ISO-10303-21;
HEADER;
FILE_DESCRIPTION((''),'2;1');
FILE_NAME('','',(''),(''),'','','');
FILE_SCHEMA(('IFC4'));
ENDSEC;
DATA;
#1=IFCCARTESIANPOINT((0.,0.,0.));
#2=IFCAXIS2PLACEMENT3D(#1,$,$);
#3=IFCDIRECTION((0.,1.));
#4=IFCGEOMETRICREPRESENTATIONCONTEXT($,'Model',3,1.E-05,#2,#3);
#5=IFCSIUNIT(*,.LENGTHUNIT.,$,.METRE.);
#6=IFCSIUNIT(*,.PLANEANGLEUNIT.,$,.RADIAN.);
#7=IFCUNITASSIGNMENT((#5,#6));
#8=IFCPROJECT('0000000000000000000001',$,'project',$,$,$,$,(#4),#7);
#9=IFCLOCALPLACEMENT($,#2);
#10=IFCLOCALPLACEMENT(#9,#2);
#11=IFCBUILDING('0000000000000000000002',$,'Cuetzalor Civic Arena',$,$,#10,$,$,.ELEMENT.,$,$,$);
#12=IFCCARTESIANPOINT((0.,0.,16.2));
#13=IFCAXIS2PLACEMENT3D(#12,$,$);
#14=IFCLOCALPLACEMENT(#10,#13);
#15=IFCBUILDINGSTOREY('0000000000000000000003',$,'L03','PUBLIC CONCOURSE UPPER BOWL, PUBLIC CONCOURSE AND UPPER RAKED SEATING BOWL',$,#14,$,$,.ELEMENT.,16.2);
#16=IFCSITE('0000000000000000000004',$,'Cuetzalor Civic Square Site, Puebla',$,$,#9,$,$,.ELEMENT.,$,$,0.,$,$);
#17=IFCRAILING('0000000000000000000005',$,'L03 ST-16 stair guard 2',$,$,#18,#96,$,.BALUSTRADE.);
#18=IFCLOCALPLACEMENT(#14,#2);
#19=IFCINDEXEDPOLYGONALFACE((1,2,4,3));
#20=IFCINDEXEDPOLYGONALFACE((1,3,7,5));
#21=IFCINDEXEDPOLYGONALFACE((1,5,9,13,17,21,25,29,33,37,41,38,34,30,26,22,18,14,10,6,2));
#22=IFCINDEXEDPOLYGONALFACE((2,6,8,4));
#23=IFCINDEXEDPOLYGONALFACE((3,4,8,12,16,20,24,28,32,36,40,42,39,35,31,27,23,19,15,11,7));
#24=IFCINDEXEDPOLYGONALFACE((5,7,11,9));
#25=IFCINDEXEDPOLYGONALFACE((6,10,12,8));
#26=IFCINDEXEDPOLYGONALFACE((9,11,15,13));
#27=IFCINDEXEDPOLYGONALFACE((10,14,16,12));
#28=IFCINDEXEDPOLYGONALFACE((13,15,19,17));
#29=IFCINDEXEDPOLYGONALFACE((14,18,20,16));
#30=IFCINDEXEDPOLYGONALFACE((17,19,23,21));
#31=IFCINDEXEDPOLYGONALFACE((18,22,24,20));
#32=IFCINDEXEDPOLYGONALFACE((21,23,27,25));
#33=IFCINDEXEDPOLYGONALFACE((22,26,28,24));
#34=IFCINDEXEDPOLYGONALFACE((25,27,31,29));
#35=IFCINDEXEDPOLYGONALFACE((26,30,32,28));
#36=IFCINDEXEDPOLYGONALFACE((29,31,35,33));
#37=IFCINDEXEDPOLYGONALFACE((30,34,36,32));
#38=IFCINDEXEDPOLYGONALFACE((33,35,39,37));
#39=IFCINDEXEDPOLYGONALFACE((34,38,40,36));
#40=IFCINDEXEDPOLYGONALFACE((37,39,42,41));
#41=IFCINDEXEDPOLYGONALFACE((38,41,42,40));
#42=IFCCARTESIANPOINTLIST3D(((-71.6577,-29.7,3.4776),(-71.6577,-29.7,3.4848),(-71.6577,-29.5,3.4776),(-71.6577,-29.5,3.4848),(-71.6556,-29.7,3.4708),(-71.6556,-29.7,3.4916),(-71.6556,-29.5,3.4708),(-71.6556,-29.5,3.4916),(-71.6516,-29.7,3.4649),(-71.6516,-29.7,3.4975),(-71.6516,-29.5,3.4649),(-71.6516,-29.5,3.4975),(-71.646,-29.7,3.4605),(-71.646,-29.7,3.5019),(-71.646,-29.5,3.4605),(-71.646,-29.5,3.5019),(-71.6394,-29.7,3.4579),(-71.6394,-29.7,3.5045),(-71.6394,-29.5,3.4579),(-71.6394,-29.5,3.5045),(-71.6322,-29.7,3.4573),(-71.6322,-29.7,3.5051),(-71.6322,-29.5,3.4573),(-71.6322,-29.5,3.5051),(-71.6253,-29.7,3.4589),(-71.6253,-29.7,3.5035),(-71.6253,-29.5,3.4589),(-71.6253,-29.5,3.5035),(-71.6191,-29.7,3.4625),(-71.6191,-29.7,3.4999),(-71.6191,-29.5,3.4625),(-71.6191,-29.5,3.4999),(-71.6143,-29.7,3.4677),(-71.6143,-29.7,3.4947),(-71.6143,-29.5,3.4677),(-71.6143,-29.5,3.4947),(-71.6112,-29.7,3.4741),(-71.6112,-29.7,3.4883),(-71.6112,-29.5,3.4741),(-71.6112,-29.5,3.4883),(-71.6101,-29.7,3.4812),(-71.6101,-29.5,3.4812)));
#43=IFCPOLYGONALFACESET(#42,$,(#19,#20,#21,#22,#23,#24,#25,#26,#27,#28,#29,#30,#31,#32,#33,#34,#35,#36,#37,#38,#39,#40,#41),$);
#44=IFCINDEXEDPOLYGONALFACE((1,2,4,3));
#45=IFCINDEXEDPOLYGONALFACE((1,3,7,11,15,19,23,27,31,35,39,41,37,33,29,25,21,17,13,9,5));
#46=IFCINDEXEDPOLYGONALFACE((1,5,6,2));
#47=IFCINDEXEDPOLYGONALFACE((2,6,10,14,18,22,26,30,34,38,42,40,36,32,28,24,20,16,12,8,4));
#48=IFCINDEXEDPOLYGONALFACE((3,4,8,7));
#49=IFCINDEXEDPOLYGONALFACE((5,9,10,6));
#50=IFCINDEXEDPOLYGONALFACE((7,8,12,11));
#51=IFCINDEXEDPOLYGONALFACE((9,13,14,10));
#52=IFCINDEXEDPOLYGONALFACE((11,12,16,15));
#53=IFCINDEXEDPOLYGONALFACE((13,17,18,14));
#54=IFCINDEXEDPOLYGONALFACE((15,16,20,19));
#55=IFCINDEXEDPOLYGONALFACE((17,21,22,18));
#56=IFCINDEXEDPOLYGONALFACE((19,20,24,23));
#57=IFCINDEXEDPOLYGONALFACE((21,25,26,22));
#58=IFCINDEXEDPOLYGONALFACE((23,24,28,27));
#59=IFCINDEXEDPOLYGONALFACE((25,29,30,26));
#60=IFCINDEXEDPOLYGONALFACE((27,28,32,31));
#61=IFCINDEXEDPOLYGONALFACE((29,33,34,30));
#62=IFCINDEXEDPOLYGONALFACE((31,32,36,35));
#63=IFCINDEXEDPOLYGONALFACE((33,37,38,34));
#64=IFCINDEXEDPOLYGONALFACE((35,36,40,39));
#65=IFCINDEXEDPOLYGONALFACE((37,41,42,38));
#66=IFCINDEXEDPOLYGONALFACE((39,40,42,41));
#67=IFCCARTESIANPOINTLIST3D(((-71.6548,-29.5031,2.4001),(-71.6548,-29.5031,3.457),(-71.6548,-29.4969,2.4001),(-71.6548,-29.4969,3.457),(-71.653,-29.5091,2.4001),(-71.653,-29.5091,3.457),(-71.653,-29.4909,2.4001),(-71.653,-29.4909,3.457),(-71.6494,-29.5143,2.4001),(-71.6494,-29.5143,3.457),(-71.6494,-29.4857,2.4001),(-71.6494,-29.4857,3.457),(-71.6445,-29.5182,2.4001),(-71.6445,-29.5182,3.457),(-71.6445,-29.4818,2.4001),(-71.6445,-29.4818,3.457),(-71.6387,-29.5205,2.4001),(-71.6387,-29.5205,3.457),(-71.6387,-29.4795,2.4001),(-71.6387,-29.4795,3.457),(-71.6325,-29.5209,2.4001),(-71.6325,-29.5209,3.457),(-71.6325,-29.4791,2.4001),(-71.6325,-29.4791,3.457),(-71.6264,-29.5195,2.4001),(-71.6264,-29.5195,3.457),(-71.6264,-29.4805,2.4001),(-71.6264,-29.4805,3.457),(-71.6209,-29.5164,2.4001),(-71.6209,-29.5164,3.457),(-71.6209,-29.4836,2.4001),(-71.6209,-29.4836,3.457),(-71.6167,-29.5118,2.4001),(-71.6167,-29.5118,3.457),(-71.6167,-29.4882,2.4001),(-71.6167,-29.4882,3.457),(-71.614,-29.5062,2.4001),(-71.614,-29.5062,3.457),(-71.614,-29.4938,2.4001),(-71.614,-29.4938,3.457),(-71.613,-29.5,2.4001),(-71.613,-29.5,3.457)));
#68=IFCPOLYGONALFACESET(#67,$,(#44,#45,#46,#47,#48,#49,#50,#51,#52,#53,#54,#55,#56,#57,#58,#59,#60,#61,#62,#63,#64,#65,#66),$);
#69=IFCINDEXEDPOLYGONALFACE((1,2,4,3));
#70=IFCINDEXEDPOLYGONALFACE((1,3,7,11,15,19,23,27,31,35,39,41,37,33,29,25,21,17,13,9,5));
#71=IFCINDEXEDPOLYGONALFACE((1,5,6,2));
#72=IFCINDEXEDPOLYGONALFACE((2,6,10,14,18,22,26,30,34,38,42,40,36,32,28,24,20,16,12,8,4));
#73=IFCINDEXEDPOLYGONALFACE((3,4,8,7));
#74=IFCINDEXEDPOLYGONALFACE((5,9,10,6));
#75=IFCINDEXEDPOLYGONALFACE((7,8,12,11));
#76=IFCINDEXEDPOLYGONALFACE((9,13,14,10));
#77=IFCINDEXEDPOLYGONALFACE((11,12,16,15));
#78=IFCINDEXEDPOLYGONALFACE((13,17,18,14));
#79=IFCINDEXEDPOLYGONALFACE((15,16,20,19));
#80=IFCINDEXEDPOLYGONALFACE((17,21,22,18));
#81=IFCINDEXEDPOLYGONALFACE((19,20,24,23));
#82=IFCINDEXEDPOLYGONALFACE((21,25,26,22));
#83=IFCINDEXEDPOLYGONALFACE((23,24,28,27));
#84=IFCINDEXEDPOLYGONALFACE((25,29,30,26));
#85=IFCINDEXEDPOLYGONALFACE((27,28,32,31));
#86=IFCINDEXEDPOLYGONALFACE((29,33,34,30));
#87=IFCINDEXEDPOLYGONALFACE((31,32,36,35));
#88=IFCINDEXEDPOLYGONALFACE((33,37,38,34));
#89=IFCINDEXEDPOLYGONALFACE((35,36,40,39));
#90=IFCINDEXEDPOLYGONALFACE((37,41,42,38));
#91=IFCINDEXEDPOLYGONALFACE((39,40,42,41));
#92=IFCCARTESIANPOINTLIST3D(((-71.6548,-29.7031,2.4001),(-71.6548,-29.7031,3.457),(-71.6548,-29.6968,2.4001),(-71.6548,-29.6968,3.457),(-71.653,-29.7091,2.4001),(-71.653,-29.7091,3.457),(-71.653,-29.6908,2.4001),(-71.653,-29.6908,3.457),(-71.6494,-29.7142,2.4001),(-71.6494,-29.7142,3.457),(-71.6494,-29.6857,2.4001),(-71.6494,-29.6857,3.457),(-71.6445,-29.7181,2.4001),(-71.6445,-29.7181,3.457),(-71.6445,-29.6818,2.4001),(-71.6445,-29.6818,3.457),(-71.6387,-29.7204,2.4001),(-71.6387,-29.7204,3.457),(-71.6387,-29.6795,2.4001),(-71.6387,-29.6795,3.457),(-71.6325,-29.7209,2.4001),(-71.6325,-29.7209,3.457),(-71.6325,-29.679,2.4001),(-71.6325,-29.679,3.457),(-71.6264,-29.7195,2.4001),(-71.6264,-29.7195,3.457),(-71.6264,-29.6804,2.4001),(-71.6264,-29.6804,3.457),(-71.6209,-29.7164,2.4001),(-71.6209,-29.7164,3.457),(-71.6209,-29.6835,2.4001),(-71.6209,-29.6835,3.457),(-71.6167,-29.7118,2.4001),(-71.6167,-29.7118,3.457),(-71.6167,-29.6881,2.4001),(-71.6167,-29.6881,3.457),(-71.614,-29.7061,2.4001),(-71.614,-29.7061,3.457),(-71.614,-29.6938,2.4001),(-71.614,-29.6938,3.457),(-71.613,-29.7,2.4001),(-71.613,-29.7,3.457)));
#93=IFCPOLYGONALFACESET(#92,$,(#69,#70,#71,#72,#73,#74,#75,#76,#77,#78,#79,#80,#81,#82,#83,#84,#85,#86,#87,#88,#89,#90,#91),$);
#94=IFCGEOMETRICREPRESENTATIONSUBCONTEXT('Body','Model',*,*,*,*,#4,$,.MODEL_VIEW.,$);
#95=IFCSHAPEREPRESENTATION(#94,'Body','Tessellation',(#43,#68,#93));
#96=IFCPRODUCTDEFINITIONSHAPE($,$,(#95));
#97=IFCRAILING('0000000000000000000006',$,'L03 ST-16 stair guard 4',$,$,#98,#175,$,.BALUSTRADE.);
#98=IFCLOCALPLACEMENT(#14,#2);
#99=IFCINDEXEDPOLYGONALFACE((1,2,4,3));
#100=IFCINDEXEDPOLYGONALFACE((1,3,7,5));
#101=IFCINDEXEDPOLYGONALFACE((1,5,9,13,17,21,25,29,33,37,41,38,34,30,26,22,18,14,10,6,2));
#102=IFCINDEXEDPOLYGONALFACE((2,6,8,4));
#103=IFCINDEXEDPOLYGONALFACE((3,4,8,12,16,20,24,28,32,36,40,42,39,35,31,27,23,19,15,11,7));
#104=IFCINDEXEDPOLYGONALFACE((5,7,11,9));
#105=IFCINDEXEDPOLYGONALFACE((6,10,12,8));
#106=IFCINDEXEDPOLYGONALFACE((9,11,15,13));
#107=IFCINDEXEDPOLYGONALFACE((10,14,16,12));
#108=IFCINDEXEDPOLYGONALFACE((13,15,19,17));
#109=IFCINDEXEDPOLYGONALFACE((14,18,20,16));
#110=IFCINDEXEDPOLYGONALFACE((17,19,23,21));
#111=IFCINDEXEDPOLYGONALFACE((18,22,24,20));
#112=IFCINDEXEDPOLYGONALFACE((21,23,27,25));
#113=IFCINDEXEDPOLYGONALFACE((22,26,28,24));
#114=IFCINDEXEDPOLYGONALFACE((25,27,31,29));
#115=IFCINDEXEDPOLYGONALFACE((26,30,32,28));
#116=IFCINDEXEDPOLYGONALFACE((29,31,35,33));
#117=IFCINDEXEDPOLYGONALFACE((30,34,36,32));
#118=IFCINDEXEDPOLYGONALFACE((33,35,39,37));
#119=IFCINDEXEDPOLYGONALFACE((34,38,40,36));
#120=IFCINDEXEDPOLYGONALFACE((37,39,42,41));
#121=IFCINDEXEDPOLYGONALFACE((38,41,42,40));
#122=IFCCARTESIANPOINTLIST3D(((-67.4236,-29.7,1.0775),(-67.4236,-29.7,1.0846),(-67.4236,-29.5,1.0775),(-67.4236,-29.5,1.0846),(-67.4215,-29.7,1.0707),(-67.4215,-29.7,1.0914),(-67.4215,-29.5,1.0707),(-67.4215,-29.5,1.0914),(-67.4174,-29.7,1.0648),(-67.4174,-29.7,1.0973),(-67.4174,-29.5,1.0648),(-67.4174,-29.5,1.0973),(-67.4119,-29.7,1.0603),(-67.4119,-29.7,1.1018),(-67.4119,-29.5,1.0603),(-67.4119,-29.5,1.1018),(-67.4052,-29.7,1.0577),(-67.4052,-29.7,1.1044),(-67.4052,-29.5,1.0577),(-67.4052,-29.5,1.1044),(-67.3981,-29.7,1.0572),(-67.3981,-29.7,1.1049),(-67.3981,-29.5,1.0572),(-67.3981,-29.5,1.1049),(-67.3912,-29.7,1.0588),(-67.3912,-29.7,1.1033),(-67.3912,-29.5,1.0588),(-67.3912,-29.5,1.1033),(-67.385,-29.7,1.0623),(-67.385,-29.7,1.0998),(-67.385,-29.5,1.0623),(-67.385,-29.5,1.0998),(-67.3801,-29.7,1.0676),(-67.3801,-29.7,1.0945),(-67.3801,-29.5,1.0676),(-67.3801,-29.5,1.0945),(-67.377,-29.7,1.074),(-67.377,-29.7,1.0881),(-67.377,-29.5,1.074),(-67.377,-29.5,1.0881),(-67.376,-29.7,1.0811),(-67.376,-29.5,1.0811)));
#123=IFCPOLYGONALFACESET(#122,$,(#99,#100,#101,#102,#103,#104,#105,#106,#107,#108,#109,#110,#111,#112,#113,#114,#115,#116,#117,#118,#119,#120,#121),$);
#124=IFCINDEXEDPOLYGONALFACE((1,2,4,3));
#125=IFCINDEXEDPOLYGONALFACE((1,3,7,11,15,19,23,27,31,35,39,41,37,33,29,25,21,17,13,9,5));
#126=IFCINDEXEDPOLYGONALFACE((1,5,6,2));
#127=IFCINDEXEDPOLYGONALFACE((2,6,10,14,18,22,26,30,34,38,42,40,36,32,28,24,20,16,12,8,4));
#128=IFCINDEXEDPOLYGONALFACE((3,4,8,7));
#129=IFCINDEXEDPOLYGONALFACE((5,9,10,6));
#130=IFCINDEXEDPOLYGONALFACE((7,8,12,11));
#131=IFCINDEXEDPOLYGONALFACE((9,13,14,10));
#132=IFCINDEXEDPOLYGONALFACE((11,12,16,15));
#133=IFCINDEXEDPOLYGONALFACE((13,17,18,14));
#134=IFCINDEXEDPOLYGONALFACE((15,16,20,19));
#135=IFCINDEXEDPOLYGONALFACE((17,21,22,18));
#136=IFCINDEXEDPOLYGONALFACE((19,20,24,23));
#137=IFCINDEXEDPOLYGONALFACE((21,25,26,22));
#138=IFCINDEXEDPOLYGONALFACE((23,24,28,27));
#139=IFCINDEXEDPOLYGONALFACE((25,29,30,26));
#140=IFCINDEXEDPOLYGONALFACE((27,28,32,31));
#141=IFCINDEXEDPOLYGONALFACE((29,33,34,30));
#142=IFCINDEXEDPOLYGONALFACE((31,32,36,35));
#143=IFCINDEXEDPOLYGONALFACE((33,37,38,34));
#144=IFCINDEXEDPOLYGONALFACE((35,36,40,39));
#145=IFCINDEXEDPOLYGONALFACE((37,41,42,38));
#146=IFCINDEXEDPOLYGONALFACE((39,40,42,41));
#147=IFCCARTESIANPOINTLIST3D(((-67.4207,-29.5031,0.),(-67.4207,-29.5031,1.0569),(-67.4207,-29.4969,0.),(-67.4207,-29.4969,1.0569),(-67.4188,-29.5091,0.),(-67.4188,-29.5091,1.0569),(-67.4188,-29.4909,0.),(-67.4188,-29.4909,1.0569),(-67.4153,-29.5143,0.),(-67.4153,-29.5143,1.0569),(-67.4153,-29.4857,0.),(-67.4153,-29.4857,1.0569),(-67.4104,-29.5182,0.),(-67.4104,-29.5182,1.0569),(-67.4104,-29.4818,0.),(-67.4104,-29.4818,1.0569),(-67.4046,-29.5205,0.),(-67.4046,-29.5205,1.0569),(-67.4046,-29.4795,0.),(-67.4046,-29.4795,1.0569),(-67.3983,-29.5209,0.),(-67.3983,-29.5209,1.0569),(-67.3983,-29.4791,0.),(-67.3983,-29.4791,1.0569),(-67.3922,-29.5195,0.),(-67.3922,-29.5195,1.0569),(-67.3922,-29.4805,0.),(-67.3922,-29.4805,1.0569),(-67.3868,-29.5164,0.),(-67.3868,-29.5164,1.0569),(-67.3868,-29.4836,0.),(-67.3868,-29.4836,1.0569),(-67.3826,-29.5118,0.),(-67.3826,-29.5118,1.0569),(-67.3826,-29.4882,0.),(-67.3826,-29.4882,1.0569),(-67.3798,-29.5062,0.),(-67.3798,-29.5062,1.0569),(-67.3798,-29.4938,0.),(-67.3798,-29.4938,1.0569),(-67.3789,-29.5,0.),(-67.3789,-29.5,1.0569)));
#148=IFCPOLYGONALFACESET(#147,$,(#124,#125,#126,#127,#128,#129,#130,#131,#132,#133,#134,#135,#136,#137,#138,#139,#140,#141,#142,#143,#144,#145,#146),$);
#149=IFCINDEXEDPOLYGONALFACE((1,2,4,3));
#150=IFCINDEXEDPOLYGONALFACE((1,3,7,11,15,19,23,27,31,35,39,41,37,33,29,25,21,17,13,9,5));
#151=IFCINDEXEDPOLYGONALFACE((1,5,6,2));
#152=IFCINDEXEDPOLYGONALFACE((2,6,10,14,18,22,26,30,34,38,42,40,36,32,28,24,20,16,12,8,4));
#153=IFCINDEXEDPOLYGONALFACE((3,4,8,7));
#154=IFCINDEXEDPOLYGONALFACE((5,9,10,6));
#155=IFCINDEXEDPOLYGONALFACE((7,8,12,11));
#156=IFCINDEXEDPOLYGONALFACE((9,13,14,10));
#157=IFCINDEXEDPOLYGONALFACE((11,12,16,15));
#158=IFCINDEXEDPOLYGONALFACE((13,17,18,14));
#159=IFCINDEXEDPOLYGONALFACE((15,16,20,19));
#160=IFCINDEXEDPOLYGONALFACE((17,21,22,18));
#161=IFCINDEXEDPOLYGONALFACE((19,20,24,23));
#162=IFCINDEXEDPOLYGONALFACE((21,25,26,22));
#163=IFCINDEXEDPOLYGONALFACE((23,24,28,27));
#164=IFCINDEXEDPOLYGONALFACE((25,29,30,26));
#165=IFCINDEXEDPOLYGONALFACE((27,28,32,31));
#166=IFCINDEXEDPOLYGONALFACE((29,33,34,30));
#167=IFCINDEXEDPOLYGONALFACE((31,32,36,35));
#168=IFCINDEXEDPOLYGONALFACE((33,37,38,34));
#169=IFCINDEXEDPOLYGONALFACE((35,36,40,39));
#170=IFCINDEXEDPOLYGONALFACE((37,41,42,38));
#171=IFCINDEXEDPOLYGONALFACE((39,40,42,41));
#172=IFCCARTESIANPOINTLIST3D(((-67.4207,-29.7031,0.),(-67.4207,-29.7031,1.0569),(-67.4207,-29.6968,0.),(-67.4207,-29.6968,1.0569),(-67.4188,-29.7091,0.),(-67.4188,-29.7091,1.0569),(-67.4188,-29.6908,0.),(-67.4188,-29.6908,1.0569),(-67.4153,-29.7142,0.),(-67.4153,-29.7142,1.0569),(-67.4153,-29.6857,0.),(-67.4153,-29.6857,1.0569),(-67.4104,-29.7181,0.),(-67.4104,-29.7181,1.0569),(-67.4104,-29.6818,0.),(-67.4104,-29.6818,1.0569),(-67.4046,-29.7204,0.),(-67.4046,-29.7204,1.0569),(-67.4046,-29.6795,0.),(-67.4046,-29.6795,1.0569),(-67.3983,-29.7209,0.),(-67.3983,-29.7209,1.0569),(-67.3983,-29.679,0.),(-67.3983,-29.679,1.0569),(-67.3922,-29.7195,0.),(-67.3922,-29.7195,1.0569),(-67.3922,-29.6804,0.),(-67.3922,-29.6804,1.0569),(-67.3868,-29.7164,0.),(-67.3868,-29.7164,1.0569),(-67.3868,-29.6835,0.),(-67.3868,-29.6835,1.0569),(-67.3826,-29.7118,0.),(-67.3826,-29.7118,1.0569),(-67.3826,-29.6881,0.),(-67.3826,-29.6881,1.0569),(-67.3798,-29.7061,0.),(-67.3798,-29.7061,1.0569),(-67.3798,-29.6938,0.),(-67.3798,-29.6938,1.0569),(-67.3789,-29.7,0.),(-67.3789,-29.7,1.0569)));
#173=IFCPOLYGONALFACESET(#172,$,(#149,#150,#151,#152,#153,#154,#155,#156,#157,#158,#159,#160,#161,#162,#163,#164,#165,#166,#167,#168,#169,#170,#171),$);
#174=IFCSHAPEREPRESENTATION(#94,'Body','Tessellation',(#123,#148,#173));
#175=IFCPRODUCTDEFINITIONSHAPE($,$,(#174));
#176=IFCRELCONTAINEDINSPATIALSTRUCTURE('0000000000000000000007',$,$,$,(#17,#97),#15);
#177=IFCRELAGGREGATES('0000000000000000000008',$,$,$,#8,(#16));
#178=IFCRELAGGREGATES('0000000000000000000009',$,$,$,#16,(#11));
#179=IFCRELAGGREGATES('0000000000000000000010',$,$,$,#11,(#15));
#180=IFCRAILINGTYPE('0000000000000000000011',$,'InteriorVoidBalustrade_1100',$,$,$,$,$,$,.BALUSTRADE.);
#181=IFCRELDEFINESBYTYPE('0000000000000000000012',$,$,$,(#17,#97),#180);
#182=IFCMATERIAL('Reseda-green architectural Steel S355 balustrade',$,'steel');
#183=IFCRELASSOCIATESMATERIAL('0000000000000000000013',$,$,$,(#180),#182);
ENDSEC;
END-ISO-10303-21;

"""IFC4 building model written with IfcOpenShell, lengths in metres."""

from ifc_helpers import new_model, si_unit, direction, frame, origin, origin_2d, place, context, subcontext, project, spatial, circle, extrude, material, type_object, element, save


model = new_model("IFC4")

# Units and contexts
model_context = context("Model", 3, precision=1e-05, world=origin(), true_north=direction((0.0, 1.0)))
body_context = subcontext(model_context, "Body", "Model", "MODEL_VIEW")
ifc_project = project(units=[si_unit("LENGTHUNIT", "METRE"), si_unit("PLANEANGLEUNIT", "RADIAN")], contexts=[model_context])

# Site, building, storey
site_placement = place(None, origin())
site = spatial("IfcSite", under=ifc_project, at=site_placement, Name="Cuetzalor Civic Square Site, Puebla", CompositionType="ELEMENT", RefElevation=0.0)
building_placement = place(site_placement, origin())
building = spatial("IfcBuilding", under=site, at=building_placement, Name="Cuetzalor Civic Arena", CompositionType="ELEMENT")
storey_placement = place(building_placement, frame((0.0, 0.0, 16.2)))
storey = spatial("IfcBuildingStorey", under=building, at=storey_placement, Name="L03", Description="PUBLIC CONCOURSE UPPER BOWL, PUBLIC CONCOURSE AND UPPER RAKED SEATING BOWL", CompositionType="ELEMENT", Elevation=16.2)

# Railings
ifc_material_1 = material(Name="Reseda-green architectural Steel S355 balustrade", Category="steel")
railing_type_1 = type_object("IfcRailingType", Name="InteriorVoidBalustrade_1100", PredefinedType="BALUSTRADE", material=ifc_material_1)
for number, where, name in (
    (1, (-71.634, -29.5, 2.4001), "L03 ST-16 stair guard 2"),
    (2, (-67.3999, -29.5, 0.0), "L03 ST-16 stair guard 4"),
):
    element("IfcRailing", number, at=place(storey_placement, frame(where)), inside=storey, type_object=railing_type_1, Name=name, PredefinedType="BALUSTRADE", context=body_context, shape_type="SweptSolid", body=[
        extrude(circle(Radius=0.0239, at=origin_2d()), frame((0.0, 0.0, 1.0811), z_axis=(0.0, -1.0, 0.0), x_axis=(1.0, 0.0, 0.0)), (0.0, 0.0, 1.0), 0.2),
        extrude(circle(Radius=0.021, at=origin_2d()), origin(), (0.0, 0.0, 1.0), 1.0569),
        extrude(circle(Radius=0.021, at=origin_2d()), frame((0.0, -0.2, 0.0)), (0.0, 0.0, 1.0), 1.0569),
    ])

save(model, "model.ifc")
